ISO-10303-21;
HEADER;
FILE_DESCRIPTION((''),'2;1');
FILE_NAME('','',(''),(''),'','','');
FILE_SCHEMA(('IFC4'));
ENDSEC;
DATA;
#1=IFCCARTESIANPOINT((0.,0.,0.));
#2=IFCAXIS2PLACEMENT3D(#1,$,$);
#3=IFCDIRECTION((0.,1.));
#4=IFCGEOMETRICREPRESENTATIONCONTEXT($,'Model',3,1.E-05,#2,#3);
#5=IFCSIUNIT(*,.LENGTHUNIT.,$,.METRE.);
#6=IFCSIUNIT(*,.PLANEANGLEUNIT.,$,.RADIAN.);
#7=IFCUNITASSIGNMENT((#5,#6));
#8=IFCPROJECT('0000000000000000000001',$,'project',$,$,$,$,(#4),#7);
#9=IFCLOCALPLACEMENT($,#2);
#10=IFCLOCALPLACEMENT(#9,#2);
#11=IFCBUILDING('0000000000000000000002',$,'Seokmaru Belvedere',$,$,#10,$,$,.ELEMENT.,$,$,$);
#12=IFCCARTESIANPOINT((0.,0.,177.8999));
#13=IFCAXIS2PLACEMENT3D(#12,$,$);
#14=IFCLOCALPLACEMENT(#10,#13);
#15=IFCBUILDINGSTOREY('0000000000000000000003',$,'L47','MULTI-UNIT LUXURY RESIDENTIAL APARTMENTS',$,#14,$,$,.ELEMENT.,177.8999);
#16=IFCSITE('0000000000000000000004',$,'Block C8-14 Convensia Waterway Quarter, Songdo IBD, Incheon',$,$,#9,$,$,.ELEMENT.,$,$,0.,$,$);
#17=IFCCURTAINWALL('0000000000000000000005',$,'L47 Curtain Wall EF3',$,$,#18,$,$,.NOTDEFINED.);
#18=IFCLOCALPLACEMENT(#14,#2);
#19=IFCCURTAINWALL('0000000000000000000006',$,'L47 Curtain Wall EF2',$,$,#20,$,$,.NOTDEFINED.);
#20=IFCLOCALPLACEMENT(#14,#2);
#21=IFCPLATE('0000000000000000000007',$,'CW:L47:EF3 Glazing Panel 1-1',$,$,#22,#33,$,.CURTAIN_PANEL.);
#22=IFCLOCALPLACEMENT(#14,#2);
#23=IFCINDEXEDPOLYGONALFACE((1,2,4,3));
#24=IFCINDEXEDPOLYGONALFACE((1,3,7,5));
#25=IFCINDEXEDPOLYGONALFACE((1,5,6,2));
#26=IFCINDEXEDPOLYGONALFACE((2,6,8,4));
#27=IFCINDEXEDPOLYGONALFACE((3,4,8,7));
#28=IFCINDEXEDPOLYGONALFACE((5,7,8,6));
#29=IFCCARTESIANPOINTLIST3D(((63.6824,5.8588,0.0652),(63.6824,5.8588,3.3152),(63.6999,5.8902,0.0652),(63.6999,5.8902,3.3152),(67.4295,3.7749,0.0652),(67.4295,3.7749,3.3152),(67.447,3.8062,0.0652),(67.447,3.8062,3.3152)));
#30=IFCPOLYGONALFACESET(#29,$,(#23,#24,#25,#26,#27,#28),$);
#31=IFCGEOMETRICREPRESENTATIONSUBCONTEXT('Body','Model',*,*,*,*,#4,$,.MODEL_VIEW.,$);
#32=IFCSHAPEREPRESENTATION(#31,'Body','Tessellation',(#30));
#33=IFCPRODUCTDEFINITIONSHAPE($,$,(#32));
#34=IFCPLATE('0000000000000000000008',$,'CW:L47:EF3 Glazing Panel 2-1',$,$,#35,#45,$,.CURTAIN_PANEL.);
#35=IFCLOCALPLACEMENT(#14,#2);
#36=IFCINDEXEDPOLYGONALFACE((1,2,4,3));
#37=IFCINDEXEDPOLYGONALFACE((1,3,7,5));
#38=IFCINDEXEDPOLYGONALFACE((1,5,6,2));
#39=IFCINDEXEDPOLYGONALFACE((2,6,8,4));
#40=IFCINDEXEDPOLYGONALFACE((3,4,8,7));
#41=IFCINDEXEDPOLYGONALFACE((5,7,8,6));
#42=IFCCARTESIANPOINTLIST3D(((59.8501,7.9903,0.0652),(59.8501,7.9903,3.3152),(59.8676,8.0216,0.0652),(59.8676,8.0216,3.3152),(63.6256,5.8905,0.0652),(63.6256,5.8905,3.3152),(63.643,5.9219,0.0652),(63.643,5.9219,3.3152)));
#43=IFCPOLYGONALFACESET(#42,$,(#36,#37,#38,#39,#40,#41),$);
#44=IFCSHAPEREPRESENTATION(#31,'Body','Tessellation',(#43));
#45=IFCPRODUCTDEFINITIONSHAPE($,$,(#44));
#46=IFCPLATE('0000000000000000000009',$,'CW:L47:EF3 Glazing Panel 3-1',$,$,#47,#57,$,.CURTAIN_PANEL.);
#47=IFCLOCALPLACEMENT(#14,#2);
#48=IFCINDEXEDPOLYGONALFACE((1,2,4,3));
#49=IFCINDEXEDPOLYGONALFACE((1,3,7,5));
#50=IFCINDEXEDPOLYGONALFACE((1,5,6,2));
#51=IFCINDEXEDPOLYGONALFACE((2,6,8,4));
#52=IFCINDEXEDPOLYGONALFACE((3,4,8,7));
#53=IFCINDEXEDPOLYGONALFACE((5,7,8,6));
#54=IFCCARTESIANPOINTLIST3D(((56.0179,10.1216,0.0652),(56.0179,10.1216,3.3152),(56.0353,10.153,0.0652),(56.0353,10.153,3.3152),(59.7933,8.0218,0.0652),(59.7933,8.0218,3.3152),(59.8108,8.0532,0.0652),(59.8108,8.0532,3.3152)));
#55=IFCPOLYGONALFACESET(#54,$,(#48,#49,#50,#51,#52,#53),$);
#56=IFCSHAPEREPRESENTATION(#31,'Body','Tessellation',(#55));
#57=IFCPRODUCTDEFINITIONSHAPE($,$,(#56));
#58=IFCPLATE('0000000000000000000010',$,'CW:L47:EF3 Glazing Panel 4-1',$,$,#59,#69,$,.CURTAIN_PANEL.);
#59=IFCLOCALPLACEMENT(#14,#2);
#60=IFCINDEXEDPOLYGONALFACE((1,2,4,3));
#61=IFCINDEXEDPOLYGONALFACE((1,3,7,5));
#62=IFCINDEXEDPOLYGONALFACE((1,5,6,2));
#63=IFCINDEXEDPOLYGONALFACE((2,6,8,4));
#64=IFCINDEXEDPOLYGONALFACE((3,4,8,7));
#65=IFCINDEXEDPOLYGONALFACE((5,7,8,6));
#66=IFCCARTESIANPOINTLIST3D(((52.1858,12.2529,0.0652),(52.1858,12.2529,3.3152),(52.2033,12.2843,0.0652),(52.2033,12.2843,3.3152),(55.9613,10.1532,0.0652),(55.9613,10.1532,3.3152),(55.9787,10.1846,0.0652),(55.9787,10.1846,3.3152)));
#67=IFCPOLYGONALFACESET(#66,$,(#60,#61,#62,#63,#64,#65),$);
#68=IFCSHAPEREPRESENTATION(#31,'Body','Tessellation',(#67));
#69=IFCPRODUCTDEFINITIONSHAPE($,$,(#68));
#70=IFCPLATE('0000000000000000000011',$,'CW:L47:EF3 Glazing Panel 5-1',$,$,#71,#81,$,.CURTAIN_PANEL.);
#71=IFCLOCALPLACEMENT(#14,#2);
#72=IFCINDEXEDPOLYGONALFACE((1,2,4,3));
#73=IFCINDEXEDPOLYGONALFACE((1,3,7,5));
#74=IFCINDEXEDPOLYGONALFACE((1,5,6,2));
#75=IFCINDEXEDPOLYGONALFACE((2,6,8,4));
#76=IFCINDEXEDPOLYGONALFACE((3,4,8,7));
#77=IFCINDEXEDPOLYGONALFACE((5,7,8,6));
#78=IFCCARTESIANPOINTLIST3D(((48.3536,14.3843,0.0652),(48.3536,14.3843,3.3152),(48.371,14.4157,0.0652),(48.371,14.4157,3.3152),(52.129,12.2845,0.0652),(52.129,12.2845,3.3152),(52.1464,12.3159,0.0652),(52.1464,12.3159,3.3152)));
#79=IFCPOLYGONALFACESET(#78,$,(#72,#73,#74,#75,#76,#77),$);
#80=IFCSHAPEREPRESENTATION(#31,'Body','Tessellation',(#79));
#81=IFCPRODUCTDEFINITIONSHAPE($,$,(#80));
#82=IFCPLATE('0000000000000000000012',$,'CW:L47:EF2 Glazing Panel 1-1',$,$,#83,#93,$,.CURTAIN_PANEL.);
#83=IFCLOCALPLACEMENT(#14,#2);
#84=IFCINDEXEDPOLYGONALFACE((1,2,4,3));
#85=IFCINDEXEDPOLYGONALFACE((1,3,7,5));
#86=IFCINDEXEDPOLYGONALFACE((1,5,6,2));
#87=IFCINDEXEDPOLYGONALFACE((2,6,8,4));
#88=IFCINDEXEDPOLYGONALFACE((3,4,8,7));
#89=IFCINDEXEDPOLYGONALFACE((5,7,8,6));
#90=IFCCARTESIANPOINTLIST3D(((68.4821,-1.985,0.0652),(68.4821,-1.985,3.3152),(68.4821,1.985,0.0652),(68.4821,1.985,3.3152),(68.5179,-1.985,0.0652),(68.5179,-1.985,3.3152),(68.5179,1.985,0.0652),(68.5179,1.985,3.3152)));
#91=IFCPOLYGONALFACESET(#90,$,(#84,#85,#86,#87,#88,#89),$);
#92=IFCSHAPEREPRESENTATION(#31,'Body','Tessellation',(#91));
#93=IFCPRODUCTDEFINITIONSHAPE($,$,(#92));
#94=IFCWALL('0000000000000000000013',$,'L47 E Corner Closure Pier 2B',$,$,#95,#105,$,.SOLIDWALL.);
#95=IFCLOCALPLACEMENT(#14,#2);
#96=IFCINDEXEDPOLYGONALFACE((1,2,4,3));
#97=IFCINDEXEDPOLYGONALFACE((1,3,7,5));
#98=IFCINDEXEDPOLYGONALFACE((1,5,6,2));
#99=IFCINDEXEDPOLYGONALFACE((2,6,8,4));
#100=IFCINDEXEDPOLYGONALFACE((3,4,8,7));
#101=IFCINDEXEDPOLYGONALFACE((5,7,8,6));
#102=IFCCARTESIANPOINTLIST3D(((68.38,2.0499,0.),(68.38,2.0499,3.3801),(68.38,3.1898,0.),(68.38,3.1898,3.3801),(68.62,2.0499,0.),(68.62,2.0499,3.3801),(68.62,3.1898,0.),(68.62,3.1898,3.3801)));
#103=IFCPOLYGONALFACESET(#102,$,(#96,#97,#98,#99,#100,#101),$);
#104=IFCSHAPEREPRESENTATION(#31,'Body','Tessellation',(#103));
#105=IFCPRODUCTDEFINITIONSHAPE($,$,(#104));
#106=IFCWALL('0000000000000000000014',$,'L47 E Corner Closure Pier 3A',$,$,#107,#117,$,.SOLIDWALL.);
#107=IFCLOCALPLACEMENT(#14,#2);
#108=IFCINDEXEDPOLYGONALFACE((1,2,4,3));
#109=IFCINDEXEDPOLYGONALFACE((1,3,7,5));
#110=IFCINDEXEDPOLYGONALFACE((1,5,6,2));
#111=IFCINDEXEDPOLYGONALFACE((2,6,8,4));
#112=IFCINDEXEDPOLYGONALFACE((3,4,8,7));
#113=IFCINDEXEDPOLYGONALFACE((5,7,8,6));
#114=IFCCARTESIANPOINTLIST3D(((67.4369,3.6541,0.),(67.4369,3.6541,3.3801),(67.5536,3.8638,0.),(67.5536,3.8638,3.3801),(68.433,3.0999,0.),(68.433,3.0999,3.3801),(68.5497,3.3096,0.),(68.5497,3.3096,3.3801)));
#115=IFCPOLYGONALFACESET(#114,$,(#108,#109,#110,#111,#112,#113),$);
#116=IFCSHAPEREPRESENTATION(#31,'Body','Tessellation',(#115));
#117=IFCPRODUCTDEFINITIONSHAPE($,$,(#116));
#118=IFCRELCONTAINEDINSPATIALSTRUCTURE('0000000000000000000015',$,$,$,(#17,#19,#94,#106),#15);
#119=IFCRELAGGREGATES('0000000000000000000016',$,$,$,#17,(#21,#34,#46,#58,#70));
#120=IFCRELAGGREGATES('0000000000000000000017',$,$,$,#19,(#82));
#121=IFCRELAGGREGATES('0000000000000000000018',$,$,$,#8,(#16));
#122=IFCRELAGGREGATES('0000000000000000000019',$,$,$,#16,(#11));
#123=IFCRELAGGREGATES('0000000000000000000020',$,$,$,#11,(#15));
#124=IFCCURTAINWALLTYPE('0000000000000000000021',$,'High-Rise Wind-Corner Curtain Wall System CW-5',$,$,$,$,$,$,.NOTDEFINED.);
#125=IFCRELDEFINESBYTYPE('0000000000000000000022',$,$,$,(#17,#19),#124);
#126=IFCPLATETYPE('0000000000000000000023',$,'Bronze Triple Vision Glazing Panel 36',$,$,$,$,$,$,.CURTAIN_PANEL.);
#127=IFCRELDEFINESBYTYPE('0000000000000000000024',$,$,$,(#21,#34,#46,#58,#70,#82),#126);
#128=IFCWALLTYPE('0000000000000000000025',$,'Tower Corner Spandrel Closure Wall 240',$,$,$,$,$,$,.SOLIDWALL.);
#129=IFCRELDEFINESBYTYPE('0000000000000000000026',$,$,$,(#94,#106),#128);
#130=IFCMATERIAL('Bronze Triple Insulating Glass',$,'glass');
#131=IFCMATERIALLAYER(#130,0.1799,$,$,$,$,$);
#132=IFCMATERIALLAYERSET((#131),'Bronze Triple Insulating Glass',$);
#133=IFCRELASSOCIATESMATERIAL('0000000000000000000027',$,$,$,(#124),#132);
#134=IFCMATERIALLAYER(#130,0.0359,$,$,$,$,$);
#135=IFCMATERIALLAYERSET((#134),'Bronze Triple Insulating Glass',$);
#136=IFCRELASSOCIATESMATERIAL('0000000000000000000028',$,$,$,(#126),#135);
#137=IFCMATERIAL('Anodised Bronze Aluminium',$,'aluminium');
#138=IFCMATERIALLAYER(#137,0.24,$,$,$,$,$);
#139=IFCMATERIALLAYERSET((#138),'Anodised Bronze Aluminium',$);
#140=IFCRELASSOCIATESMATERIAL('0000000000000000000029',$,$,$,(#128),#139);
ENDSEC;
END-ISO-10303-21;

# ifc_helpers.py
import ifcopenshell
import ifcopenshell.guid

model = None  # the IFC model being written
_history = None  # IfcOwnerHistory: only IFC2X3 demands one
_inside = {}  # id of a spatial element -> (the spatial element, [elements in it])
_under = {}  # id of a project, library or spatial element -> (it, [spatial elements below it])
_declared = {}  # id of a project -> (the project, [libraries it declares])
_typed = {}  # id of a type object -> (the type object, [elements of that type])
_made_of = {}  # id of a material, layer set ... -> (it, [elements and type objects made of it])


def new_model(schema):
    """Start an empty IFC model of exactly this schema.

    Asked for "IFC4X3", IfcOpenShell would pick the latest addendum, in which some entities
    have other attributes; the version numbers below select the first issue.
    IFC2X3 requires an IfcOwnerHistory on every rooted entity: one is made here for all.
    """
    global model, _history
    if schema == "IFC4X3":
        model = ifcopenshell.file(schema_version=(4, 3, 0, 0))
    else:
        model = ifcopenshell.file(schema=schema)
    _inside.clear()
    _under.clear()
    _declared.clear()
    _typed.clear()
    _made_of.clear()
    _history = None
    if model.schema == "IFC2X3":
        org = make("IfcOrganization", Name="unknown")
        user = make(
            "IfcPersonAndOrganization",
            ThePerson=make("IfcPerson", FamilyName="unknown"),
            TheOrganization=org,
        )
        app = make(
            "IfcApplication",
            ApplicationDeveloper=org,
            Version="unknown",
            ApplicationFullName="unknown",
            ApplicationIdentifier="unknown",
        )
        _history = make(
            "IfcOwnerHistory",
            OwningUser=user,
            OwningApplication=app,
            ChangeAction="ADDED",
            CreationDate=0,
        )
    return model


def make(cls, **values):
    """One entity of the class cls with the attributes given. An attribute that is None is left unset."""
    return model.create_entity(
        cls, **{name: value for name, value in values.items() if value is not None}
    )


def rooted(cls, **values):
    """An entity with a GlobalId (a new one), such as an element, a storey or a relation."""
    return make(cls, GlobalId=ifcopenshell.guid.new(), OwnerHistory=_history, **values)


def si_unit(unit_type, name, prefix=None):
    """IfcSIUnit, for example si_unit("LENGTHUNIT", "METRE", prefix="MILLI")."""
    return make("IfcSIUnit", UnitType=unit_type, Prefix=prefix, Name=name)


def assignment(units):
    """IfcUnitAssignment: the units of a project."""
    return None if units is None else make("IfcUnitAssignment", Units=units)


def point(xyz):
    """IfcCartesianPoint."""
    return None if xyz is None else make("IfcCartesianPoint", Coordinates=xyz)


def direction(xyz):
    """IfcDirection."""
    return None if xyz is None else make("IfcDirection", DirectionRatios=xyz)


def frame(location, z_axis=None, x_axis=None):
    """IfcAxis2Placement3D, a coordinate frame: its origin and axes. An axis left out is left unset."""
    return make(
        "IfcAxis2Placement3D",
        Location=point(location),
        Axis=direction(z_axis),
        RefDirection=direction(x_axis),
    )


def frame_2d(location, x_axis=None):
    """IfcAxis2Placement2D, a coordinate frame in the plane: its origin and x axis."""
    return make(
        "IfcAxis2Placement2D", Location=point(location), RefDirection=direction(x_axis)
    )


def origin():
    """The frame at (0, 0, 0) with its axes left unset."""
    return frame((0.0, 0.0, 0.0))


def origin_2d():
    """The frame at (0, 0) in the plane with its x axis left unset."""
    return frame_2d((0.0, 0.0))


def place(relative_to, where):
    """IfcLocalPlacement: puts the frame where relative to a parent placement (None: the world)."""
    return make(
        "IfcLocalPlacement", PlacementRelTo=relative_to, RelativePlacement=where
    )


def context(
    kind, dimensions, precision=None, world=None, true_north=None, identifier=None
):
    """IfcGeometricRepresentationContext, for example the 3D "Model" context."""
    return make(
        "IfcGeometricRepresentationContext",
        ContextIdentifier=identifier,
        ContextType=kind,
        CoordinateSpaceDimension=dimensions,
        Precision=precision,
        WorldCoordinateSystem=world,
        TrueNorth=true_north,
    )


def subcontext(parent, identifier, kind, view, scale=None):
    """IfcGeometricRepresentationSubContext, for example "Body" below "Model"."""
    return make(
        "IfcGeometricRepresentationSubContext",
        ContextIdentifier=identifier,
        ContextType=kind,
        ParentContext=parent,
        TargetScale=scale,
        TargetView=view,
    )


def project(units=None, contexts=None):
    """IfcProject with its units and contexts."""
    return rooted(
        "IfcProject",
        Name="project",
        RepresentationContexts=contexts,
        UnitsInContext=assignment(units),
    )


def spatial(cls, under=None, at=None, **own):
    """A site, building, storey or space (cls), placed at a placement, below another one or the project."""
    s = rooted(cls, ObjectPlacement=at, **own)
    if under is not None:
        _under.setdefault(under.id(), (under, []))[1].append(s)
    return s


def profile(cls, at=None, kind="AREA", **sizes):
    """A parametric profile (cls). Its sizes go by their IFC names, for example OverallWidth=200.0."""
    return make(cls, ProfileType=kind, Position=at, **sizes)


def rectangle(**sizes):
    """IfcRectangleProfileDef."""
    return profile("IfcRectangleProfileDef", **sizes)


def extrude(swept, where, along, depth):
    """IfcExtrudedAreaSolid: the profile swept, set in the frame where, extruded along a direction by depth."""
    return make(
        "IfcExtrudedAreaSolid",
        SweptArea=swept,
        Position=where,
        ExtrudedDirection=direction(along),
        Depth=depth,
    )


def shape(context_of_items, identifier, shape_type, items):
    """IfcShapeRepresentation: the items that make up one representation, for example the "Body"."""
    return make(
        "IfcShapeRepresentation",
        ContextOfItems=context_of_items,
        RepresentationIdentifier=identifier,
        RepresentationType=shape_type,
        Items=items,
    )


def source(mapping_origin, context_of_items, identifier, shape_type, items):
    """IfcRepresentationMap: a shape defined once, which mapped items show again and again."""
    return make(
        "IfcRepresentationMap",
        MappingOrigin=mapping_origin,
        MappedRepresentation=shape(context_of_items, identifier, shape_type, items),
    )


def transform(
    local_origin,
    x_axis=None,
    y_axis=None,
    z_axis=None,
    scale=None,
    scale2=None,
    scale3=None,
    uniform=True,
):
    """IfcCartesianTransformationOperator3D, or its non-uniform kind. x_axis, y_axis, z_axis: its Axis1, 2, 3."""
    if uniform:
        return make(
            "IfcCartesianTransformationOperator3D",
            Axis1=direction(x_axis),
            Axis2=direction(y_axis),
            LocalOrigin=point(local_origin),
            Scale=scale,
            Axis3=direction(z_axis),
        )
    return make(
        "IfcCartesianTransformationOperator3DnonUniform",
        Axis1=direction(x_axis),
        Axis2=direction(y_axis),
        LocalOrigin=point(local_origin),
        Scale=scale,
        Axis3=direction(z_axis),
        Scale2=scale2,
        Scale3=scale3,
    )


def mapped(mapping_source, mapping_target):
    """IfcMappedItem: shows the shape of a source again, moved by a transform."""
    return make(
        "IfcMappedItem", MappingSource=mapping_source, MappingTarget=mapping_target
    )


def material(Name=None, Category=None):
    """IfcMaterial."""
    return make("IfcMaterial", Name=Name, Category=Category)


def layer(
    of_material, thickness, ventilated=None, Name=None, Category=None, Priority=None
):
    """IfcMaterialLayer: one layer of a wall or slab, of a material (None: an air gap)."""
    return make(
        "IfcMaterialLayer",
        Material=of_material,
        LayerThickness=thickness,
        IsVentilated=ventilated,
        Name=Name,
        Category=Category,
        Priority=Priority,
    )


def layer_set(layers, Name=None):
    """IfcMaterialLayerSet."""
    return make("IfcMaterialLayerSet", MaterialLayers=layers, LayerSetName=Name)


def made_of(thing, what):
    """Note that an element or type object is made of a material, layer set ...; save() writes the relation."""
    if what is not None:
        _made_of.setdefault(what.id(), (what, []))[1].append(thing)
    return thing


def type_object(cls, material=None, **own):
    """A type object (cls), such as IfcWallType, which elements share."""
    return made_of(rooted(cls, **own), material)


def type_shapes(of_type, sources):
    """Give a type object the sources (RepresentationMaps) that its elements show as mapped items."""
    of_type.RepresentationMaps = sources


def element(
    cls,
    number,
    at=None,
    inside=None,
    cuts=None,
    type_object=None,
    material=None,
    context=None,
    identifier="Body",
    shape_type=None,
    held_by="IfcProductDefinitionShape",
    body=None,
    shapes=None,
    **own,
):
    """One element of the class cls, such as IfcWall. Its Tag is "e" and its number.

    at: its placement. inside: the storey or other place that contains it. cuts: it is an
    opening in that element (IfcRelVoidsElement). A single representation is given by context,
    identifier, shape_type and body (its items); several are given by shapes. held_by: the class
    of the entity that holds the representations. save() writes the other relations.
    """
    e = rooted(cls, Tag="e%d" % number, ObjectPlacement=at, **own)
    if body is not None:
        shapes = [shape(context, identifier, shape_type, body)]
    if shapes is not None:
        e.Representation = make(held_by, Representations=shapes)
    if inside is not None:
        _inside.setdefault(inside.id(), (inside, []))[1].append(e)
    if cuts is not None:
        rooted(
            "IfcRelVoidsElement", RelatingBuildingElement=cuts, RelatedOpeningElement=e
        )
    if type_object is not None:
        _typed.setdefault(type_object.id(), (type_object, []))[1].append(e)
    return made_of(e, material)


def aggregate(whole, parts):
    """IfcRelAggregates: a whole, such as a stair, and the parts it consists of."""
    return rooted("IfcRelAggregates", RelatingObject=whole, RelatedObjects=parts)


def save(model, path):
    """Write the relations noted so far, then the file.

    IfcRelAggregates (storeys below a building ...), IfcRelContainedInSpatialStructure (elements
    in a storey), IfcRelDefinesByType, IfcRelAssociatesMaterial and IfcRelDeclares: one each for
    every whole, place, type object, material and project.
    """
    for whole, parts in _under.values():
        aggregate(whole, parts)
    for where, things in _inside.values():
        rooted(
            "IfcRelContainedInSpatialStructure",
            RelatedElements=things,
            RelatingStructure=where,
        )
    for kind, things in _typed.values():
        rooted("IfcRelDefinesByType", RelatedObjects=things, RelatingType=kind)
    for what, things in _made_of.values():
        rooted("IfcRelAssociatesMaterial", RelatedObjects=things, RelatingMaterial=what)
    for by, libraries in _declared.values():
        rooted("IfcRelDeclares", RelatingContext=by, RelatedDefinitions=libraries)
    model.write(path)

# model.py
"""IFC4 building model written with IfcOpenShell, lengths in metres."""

from ifc_helpers import new_model, si_unit, direction, frame, frame_2d, origin, origin_2d, place, context, subcontext, project, spatial, rectangle, extrude, source, transform, mapped, material, layer, layer_set, type_object, type_shapes, element, aggregate, save


model = new_model("IFC4")

# Units and contexts
model_context = context("Model", 3, precision=1e-05, world=origin(), true_north=direction((0.0, 1.0)))
body_context = subcontext(model_context, "Body", "Model", "MODEL_VIEW")
ifc_project = project(units=[si_unit("LENGTHUNIT", "METRE"), si_unit("PLANEANGLEUNIT", "RADIAN")], contexts=[model_context])

# Site, building, storey
site_placement = place(None, origin())
site = spatial("IfcSite", under=ifc_project, at=site_placement, Name="Block C8-14 Convensia Waterway Quarter, Songdo IBD, Incheon", CompositionType="ELEMENT", RefElevation=0.0)
building_placement = place(site_placement, origin())
building = spatial("IfcBuilding", under=site, at=building_placement, Name="Seokmaru Belvedere", CompositionType="ELEMENT")
storey_placement = place(building_placement, frame((0.0, 0.0, 177.8999)))
storey = spatial("IfcBuildingStorey", under=building, at=storey_placement, Name="L47", Description="MULTI-UNIT LUXURY RESIDENTIAL APARTMENTS", CompositionType="ELEMENT", Elevation=177.8999)

# Curtain wall
ifc_material_1 = material(Name="Bronze Triple Insulating Glass", Category="glass")
ifc_layer_1 = layer(ifc_material_1, 0.1799)
ifc_layer_set_1 = layer_set([ifc_layer_1], Name="Bronze Triple Insulating Glass")
curtain_wall_type = type_object("IfcCurtainWallType", Name="High-Rise Wind-Corner Curtain Wall System CW-5", PredefinedType="NOTDEFINED", material=ifc_layer_set_1)
curtain_wall_1_placement = place(storey_placement, origin())
curtain_wall_1 = element("IfcCurtainWall", 1, at=curtain_wall_1_placement, inside=storey, type_object=curtain_wall_type, Name="L47 Curtain Wall EF3", PredefinedType="NOTDEFINED")
ifc_material_2 = material(Name="Anodised Bronze Aluminium", Category="aluminium")

# Curtain wall
curtain_wall_2_placement = place(storey_placement, origin())
curtain_wall_2 = element("IfcCurtainWall", 2, at=curtain_wall_2_placement, inside=storey, type_object=curtain_wall_type, Name="L47 Curtain Wall EF2", PredefinedType="NOTDEFINED")

# Plates
ifc_layer_2 = layer(ifc_material_1, 0.0359)
ifc_layer_set_2 = layer_set([ifc_layer_2], Name="Bronze Triple Insulating Glass")
plate_type = type_object("IfcPlateType", Name="Bronze Triple Vision Glazing Panel 36", PredefinedType="CURTAIN_PANEL", material=ifc_layer_set_2)
shared_shape_1 = source(origin(), body_context, "Body", "SweptSolid", [
    extrude(rectangle(XDim=4.2876, YDim=0.0359, at=origin_2d()), origin(), (0.0, 0.0, 1.0), 3.25),
])
plate_1_placement = place(storey_placement, frame((65.5647, 4.8325, 0.0652), z_axis=(0.0, 0.0, 1.0), x_axis=(-0.873933, 0.486047, 0.0)))
plate_1 = element("IfcPlate", 3, at=plate_1_placement, type_object=plate_type, Name="CW:L47:EF3 Glazing Panel 1-1", PredefinedType="CURTAIN_PANEL", context=body_context, shape_type="MappedRepresentation", body=[
    mapped(shared_shape_1, transform((0.0, 0.0, 0.0), scale=1.0)),
])
shared_shape_2 = source(origin(), body_context, "Body", "SweptSolid", [
    extrude(rectangle(XDim=4.3201, YDim=0.0359, at=origin_2d()), origin(), (0.0, 0.0, 1.0), 3.25),
])
plate_2_placement = place(storey_placement, frame((61.7466, 6.9561, 0.0652), z_axis=(0.0, 0.0, 1.0), x_axis=(-0.873933, 0.486047, 0.0)))
plate_2 = element("IfcPlate", 4, at=plate_2_placement, type_object=plate_type, Name="CW:L47:EF3 Glazing Panel 2-1", PredefinedType="CURTAIN_PANEL", context=body_context, shape_type="MappedRepresentation", body=[
    mapped(shared_shape_2, transform((0.0, 0.0, 0.0), scale=1.0)),
])
plate_3_placement = place(storey_placement, frame((57.9143, 9.0874, 0.0652), z_axis=(0.0, 0.0, 1.0), x_axis=(-0.873933, 0.486047, 0.0)))
plate_3 = element("IfcPlate", 5, at=plate_3_placement, type_object=plate_type, Name="CW:L47:EF3 Glazing Panel 3-1", PredefinedType="CURTAIN_PANEL", context=body_context, shape_type="MappedRepresentation", body=[
    mapped(shared_shape_2, transform((0.0, 0.0, 0.0), scale=1.0)),
])
plate_4_placement = place(storey_placement, frame((54.0823, 11.2188, 0.0652), z_axis=(0.0, 0.0, 1.0), x_axis=(-0.873933, 0.486047, 0.0)))
plate_4 = element("IfcPlate", 6, at=plate_4_placement, type_object=plate_type, Name="CW:L47:EF3 Glazing Panel 4-1", PredefinedType="CURTAIN_PANEL", context=body_context, shape_type="MappedRepresentation", body=[
    mapped(shared_shape_2, transform((0.0, 0.0, 0.0), scale=1.0)),
])
plate_5_placement = place(storey_placement, frame((50.25, 13.3501, 0.0652), z_axis=(0.0, 0.0, 1.0), x_axis=(-0.873933, 0.486047, 0.0)))
plate_5 = element("IfcPlate", 7, at=plate_5_placement, type_object=plate_type, Name="CW:L47:EF3 Glazing Panel 5-1", PredefinedType="CURTAIN_PANEL", context=body_context, shape_type="MappedRepresentation", body=[
    mapped(shared_shape_2, transform((0.0, 0.0, 0.0), scale=1.0)),
])
aggregate(curtain_wall_1, [plate_1, plate_2, plate_3, plate_4, plate_5])
shared_shape_3 = source(origin(), body_context, "Body", "SweptSolid", [
    extrude(rectangle(XDim=3.97, YDim=0.0359, at=origin_2d()), origin(), (0.0, 0.0, 1.0), 3.25),
])
type_shapes(plate_type, [shared_shape_1, shared_shape_2, shared_shape_3])
plate_6_placement = place(storey_placement, frame((68.5, 0.0, 0.0652), z_axis=(0.0, 0.0, 1.0), x_axis=(0.0, 1.0, 0.0)))
plate_6 = element("IfcPlate", 8, at=plate_6_placement, type_object=plate_type, Name="CW:L47:EF2 Glazing Panel 1-1", PredefinedType="CURTAIN_PANEL", context=body_context, shape_type="MappedRepresentation", body=[
    mapped(shared_shape_3, transform((0.0, 0.0, 0.0), scale=1.0)),
])
aggregate(curtain_wall_2, [plate_6])

# Walls
ifc_layer_3 = layer(ifc_material_2, 0.24)
ifc_layer_set_3 = layer_set([ifc_layer_3], Name="Anodised Bronze Aluminium")
wall_type = type_object("IfcWallType", Name="Tower Corner Spandrel Closure Wall 240", PredefinedType="SOLIDWALL", material=ifc_layer_set_3)
for number, where, z_axis, x_axis, name in (
    (9, (68.5, 2.05, 0.0), (0.0, 0.0, 1.0), (0.0, 1.0, 0.0), "L47 E Corner Closure Pier 2B"),
    (10, (68.4912, 3.2048, 0.0), (0.0, 0.0, 1.0), (-0.873854, 0.486188, 0.0), "L47 E Corner Closure Pier 3A"),
):
    element("IfcWall", number, at=place(storey_placement, frame(where, z_axis=z_axis, x_axis=x_axis)), inside=storey, type_object=wall_type, Name=name, PredefinedType="SOLIDWALL", context=body_context, shape_type="SweptSolid", body=[
        extrude(rectangle(XDim=1.1399, YDim=0.24, at=frame_2d((0.5698, 0.0))), origin(), (0.0, 0.0, 1.0), 3.3801),
    ])

save(model, "model.ifc")
